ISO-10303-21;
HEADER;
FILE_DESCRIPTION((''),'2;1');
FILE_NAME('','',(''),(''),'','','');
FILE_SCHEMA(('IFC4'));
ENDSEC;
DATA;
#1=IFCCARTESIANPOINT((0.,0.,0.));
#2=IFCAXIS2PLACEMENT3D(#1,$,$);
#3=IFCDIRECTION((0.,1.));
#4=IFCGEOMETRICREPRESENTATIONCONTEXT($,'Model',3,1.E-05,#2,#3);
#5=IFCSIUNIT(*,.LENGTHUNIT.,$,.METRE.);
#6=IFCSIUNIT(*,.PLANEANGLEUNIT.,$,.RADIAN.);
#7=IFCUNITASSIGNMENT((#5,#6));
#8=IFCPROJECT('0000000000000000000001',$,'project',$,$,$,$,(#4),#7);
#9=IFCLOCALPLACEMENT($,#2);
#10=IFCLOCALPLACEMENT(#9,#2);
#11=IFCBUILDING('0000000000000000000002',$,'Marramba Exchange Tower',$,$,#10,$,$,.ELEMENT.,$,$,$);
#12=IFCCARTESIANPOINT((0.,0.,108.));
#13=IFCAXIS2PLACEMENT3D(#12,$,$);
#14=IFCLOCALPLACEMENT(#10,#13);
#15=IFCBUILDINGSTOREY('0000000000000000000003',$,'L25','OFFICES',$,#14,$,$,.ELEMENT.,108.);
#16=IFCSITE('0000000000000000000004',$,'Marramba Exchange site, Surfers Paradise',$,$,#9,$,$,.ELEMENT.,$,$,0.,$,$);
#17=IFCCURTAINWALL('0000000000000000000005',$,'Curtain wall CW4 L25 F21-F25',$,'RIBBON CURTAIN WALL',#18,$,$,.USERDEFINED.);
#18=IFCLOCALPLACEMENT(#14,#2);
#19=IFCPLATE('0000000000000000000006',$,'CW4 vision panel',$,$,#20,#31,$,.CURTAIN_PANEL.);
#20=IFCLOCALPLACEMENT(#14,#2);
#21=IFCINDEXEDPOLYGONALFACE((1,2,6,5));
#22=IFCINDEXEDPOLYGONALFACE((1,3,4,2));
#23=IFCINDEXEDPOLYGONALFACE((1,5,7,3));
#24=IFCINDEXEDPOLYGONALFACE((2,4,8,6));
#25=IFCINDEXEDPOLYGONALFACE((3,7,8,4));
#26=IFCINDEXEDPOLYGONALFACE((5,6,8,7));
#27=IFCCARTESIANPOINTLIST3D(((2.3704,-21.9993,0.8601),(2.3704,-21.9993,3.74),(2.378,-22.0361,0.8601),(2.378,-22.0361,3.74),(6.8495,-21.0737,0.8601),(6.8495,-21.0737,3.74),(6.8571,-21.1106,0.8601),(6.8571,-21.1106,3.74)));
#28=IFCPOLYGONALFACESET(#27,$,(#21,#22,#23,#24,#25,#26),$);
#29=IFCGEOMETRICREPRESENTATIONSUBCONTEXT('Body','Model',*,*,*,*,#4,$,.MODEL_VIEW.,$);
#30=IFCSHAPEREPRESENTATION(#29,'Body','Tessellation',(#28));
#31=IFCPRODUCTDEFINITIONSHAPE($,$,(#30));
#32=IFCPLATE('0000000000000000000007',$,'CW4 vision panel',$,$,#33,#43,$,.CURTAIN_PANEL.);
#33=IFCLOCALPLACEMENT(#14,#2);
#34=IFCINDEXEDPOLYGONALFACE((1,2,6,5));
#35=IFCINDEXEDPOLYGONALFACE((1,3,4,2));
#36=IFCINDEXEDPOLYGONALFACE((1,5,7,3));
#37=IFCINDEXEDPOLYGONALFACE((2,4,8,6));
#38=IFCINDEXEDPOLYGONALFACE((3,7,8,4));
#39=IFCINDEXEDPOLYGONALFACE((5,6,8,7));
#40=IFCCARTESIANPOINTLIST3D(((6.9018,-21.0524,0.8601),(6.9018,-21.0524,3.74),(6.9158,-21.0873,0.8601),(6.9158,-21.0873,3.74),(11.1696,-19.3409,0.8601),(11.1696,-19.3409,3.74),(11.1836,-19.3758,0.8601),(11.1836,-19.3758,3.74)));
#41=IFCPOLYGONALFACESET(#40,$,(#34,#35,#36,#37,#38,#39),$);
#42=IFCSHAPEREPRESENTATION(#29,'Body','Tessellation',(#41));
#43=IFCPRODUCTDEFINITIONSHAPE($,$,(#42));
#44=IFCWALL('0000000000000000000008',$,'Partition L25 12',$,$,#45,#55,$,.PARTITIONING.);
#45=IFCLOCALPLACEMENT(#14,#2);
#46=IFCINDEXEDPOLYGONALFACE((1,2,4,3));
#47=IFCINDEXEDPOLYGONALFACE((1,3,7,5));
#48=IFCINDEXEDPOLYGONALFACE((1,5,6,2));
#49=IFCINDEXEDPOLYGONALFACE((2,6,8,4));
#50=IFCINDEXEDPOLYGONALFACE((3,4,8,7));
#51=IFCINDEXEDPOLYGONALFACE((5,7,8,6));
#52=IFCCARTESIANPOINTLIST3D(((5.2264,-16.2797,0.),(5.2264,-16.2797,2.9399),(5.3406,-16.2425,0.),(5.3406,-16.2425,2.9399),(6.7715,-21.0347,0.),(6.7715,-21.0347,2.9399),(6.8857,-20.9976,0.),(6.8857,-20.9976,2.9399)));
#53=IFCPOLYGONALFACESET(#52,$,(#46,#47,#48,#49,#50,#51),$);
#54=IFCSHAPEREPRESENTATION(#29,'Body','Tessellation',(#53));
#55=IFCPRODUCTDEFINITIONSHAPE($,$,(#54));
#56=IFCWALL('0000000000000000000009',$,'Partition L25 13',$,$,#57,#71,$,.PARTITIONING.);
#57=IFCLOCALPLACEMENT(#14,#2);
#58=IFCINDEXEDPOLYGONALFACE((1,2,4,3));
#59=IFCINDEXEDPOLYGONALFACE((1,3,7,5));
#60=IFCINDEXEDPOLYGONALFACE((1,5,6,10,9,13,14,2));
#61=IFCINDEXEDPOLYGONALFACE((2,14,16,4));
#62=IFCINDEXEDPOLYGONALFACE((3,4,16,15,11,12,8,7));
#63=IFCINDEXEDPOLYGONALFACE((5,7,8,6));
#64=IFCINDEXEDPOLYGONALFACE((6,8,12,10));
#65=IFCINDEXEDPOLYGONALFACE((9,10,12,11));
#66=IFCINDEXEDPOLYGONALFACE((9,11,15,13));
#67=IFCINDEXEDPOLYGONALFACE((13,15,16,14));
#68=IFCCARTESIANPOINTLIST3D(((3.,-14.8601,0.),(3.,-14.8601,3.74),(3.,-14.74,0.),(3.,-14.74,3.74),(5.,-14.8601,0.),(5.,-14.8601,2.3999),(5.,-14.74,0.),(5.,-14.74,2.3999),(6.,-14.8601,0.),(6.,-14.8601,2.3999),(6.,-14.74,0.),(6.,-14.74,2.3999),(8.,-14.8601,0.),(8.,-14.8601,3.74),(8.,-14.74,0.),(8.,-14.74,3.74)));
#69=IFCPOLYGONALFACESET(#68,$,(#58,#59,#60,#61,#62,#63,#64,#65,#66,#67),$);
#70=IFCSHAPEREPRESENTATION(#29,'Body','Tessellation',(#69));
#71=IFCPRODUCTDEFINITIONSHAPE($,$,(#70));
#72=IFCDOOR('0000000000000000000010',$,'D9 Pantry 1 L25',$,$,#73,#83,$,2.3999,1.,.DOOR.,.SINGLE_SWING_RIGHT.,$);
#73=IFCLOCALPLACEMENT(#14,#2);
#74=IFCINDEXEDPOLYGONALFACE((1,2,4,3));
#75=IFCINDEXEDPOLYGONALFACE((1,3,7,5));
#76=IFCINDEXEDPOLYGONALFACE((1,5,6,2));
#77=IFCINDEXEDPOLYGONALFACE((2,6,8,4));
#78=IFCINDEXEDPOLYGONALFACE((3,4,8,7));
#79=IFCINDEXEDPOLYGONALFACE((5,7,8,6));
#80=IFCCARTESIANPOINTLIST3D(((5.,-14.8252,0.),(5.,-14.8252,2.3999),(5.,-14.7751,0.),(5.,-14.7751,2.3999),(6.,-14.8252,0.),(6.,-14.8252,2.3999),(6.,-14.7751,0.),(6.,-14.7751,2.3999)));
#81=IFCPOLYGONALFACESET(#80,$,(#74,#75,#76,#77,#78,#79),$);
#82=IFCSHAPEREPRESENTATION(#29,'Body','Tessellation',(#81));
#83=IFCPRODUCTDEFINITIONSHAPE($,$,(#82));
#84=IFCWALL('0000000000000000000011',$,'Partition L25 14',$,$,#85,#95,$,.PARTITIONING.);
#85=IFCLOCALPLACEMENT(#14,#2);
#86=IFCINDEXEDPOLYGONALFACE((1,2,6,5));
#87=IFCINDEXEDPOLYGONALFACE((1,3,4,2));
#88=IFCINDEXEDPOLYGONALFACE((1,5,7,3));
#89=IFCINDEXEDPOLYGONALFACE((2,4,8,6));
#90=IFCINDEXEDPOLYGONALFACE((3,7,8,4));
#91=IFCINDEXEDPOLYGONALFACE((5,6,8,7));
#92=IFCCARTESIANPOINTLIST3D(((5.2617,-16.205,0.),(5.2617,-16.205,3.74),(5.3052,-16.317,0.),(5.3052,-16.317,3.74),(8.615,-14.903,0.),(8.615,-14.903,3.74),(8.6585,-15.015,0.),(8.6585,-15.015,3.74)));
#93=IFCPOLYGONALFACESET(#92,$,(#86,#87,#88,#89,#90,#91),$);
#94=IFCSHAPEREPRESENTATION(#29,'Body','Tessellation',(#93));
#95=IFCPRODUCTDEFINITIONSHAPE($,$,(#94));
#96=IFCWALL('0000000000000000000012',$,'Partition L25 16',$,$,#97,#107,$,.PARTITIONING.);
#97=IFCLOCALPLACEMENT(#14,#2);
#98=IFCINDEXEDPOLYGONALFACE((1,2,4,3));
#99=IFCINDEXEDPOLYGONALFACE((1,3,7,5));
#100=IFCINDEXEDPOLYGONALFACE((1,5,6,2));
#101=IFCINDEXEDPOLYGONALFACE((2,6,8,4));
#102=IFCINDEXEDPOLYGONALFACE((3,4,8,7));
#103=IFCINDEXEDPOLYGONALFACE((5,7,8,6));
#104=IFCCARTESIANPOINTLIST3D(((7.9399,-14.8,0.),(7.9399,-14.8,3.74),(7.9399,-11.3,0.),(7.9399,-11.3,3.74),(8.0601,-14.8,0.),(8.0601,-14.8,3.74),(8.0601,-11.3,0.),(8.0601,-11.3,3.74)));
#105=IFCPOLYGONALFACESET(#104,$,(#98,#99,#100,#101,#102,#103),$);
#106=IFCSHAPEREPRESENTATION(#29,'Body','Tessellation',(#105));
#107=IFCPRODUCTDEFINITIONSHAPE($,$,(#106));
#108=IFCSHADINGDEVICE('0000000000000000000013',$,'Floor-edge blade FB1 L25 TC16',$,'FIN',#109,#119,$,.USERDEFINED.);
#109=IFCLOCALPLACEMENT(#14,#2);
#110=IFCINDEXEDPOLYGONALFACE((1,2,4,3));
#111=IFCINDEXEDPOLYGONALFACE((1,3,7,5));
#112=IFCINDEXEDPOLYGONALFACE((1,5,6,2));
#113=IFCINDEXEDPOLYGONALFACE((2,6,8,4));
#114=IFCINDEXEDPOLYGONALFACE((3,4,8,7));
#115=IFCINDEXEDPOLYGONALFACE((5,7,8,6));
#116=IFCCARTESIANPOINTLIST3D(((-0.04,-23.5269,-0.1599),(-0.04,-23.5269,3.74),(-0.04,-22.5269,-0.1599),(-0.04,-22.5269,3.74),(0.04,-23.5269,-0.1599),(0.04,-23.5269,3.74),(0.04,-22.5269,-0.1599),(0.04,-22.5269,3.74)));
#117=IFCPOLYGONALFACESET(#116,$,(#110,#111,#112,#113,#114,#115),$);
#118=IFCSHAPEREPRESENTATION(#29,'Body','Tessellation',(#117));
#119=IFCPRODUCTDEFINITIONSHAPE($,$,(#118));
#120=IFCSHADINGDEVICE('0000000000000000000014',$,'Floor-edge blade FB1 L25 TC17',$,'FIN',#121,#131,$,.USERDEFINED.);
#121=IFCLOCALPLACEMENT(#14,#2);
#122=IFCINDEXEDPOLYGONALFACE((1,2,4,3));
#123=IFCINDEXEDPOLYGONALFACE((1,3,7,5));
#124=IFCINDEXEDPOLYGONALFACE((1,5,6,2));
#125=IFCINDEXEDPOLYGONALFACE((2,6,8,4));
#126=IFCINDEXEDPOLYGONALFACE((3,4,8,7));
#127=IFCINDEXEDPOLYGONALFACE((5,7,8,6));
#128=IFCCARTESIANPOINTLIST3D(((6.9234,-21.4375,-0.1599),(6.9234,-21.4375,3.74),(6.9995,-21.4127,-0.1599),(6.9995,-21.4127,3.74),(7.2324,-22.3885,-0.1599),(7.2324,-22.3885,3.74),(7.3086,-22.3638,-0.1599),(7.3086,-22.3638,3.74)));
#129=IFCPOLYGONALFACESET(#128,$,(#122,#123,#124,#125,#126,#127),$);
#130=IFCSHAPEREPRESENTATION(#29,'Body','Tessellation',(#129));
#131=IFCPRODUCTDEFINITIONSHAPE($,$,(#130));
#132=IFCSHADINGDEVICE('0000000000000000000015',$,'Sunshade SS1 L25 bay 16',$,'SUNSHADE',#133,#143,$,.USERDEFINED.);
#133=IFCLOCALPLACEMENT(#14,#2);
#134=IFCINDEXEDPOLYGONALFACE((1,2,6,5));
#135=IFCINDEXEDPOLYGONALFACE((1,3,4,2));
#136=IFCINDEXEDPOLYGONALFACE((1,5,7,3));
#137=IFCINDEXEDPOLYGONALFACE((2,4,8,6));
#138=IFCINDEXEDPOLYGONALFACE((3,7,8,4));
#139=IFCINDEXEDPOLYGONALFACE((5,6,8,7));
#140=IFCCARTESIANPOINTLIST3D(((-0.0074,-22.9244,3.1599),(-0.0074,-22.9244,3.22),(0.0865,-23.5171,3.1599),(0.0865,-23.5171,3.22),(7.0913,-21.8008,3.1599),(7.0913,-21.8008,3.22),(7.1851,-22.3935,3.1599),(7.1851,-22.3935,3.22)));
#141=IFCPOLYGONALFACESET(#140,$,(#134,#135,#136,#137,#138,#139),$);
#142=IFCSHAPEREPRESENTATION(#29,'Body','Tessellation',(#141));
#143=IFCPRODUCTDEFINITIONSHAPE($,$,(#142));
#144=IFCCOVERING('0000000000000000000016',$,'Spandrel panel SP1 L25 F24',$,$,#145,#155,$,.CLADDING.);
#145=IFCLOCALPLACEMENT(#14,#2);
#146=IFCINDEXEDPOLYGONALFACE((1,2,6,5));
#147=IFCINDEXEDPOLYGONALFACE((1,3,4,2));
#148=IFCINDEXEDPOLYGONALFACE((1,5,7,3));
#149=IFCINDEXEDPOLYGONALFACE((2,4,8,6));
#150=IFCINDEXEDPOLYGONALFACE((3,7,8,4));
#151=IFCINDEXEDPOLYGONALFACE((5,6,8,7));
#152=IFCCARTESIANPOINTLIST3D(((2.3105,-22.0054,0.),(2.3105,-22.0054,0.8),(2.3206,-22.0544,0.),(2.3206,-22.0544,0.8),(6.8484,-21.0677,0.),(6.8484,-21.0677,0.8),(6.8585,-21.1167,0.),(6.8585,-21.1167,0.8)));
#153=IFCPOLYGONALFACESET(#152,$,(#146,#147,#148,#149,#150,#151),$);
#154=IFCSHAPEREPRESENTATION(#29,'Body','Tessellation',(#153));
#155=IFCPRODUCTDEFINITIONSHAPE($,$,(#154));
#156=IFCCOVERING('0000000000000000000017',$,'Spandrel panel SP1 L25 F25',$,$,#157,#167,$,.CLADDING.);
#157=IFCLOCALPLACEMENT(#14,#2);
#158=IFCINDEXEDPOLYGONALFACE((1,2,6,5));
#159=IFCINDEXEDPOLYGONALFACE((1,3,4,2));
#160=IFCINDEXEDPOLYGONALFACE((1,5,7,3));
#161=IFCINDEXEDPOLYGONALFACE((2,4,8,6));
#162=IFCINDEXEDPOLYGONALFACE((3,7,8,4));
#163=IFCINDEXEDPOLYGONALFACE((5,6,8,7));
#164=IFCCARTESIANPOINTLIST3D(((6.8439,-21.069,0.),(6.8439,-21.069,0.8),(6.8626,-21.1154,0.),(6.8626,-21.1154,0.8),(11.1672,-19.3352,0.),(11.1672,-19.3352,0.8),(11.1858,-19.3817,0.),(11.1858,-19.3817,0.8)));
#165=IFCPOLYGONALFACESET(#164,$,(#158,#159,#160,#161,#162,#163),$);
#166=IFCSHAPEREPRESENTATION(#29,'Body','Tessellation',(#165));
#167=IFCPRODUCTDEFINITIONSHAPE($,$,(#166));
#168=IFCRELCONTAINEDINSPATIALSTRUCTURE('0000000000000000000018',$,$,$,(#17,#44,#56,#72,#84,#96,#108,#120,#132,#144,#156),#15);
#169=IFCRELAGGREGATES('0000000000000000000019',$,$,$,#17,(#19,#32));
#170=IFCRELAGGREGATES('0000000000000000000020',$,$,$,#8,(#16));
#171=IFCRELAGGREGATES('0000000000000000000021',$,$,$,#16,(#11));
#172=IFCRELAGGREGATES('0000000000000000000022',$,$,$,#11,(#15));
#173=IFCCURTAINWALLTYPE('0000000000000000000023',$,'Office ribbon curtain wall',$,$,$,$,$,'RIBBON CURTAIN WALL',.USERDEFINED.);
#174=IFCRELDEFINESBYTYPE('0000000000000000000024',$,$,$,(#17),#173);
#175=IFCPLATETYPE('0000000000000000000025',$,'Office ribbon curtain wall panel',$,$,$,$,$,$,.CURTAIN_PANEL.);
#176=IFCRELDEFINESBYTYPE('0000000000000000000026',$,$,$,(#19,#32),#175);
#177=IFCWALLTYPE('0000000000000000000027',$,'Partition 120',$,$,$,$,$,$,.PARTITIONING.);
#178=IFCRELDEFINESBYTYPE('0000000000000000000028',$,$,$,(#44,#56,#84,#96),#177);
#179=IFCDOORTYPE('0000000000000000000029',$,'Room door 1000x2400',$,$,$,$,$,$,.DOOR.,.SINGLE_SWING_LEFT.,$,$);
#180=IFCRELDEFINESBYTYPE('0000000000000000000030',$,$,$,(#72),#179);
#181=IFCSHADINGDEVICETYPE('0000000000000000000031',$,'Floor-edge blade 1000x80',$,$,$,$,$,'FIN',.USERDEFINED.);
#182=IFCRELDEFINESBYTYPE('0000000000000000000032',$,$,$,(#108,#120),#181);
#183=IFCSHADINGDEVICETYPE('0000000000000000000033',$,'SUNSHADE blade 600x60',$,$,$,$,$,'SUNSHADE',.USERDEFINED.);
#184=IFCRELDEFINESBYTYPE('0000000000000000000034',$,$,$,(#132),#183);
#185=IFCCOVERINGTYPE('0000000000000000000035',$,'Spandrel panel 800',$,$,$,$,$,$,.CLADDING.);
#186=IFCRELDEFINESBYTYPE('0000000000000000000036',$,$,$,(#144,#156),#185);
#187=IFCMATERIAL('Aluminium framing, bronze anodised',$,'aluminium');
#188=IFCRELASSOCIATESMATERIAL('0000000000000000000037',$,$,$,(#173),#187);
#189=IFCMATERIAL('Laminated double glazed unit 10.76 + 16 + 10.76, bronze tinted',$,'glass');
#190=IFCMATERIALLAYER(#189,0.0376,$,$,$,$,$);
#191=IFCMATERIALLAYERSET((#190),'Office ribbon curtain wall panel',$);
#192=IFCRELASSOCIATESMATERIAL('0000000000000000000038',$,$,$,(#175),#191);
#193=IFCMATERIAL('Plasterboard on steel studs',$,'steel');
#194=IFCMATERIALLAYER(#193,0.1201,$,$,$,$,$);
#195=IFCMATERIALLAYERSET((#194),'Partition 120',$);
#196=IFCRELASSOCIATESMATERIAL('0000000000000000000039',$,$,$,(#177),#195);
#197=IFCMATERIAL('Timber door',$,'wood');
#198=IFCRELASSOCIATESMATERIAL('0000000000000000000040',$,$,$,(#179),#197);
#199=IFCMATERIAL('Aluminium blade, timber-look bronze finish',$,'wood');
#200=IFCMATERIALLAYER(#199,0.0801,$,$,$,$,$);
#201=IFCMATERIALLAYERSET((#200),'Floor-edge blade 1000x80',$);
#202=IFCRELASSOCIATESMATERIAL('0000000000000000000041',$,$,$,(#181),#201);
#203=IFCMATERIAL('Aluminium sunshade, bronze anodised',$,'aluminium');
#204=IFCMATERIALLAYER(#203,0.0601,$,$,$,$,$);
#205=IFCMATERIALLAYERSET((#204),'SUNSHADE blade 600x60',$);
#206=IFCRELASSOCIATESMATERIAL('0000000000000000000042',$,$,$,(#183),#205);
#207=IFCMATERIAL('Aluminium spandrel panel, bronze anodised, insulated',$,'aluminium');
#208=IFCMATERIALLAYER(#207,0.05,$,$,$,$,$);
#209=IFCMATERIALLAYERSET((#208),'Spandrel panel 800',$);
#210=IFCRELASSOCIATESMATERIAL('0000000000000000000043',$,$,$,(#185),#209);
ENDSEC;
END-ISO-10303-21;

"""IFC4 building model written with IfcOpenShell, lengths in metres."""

from ifc_helpers import new_model, si_unit, direction, frame, frame_2d, origin, origin_2d, place, context, subcontext, project, spatial, rectangle, extrude, material, layer, layer_set, type_object, element, fill, aggregate, save


model = new_model("IFC4")

# Units and contexts
model_context = context("Model", 3, precision=1e-05, world=origin(), true_north=direction((0.0, 1.0)))
body_context = subcontext(model_context, "Body", "Model", "MODEL_VIEW")
ifc_project = project(units=[si_unit("LENGTHUNIT", "METRE"), si_unit("PLANEANGLEUNIT", "RADIAN")], contexts=[model_context])

# Site, building, storey
site_placement = place(None, origin())
site = spatial("IfcSite", under=ifc_project, at=site_placement, Name="Marramba Exchange site, Surfers Paradise", CompositionType="ELEMENT", RefElevation=0.0)
building_placement = place(site_placement, origin())
building = spatial("IfcBuilding", under=site, at=building_placement, Name="Marramba Exchange Tower", CompositionType="ELEMENT")
storey_placement = place(building_placement, frame((0.0, 0.0, 108.0)))
storey = spatial("IfcBuildingStorey", under=building, at=storey_placement, Name="L25", Description="OFFICES", CompositionType="ELEMENT", Elevation=108.0)

# Curtain wall
ifc_material_1 = material(Name="Aluminium framing, bronze anodised", Category="aluminium")
curtain_wall_type = type_object("IfcCurtainWallType", Name="Office ribbon curtain wall", ElementType="RIBBON CURTAIN WALL", PredefinedType="USERDEFINED", material=ifc_material_1)
curtain_wall_placement = place(storey_placement, origin())
curtain_wall = element("IfcCurtainWall", 1, at=curtain_wall_placement, inside=storey, type_object=curtain_wall_type, Name="Curtain wall CW4 L25 F21-F25", ObjectType="RIBBON CURTAIN WALL", PredefinedType="USERDEFINED")

# Plates
ifc_material_2 = material(Name="Laminated double glazed unit 10.76 + 16 + 10.76, bronze tinted", Category="glass")
ifc_layer_1 = layer(ifc_material_2, 0.0376)
ifc_layer_set_1 = layer_set([ifc_layer_1], Name="Office ribbon curtain wall panel")
plate_type = type_object("IfcPlateType", Name="Office ribbon curtain wall panel", PredefinedType="CURTAIN_PANEL", material=ifc_layer_set_1)
plate_1_placement = place(storey_placement, frame((4.6138, -21.5549, 0.8601), z_axis=(0.0, 0.0, 1.0), x_axis=(0.97931, 0.202365, 0.0)))
plate_1 = element("IfcPlate", 2, at=plate_1_placement, type_object=plate_type, Name="CW4 vision panel", PredefinedType="CURTAIN_PANEL", context=body_context, shape_type="SweptSolid", body=[
    extrude(rectangle(XDim=4.5737, YDim=0.0376, at=origin_2d()), origin(), (0.0, 0.0, 1.0), 2.8799),
])
plate_2_placement = place(storey_placement, frame((9.0427, -20.2141, 0.8601), z_axis=(0.0, 0.0, 1.0), x_axis=(0.928149, 0.372209, 0.0)))
plate_2 = element("IfcPlate", 3, at=plate_2_placement, type_object=plate_type, Name="CW4 vision panel", PredefinedType="CURTAIN_PANEL", context=body_context, shape_type="SweptSolid", body=[
    extrude(rectangle(XDim=4.5981, YDim=0.0376, at=origin_2d()), origin(), (0.0, 0.0, 1.0), 2.8799),
])
aggregate(curtain_wall, [plate_1, plate_2])

# Wall
ifc_material_3 = material(Name="Plasterboard on steel studs", Category="steel")
ifc_layer_2 = layer(ifc_material_3, 0.1201)
ifc_layer_set_2 = layer_set([ifc_layer_2], Name="Partition 120")
wall_type = type_object("IfcWallType", Name="Partition 120", PredefinedType="PARTITIONING", material=ifc_layer_set_2)
wall_1_placement = place(storey_placement, frame((5.2834, -16.261, 0.0), z_axis=(0.0, 0.0, 1.0), x_axis=(0.309041, -0.951049, 0.0)))
element("IfcWall", 4, at=wall_1_placement, inside=storey, type_object=wall_type, Name="Partition L25 12", PredefinedType="PARTITIONING", context=body_context, shape_type="SweptSolid", body=[
    extrude(rectangle(XDim=4.9998, YDim=0.1201, at=frame_2d((2.5, 0.0))), origin(), (0.0, 0.0, 1.0), 2.9399),
])

# Wall, opening, door
wall_2_placement = place(storey_placement, frame((3.0, -14.8, 0.0), z_axis=(0.0, 0.0, 1.0), x_axis=(1.0, 0.0, 0.0)))
wall_2 = element("IfcWall", 5, at=wall_2_placement, inside=storey, type_object=wall_type, Name="Partition L25 13", PredefinedType="PARTITIONING", context=body_context, shape_type="SweptSolid", body=[
    extrude(rectangle(XDim=5.0, YDim=0.1201, at=frame_2d((2.5, 0.0))), origin(), (0.0, 0.0, 1.0), 3.74),
])
opening_placement = place(wall_2_placement, frame((2.0, 0.0, 0.0)))
opening = element("IfcOpeningElement", 6, at=opening_placement, cuts=wall_2, PredefinedType="OPENING", context=body_context, shape_type="SweptSolid", body=[
    extrude(rectangle(XDim=1.0, YDim=2.3999, at=frame_2d((0.5, 1.2))), frame((0.0, 0.0701, 0.0), z_axis=(0.0, -1.0, 0.0), x_axis=(1.0, 0.0, 0.0)), (0.0, 0.0, 1.0), 0.1401),
])
ifc_material_4 = material(Name="Timber door", Category="wood")
door_type = type_object("IfcDoorType", Name="Room door 1000x2400", OperationType="SINGLE_SWING_LEFT", PredefinedType="DOOR", material=ifc_material_4)
door_placement = place(opening_placement, origin())
door = element("IfcDoor", 7, at=door_placement, inside=storey, type_object=door_type, Name="D9 Pantry 1 L25", OperationType="SINGLE_SWING_RIGHT", OverallHeight=2.3999, OverallWidth=1.0, PredefinedType="DOOR", context=body_context, shape_type="SweptSolid", body=[
    extrude(rectangle(XDim=1.0, YDim=2.3999, at=frame_2d((0.5, 1.2))), frame((0.0, 0.0249, 0.0), z_axis=(0.0, -1.0, 0.0), x_axis=(1.0, 0.0, 0.0)), (0.0, 0.0, 1.0), 0.05),
])
fill(opening, door)

# Walls
wall_3_placement = place(storey_placement, frame((8.6367, -14.959, 0.0), z_axis=(0.0, 0.0, 1.0), x_axis=(-0.932197, -0.361952, 0.0)))
element("IfcWall", 8, at=wall_3_placement, inside=storey, type_object=wall_type, Name="Partition L25 14", PredefinedType="PARTITIONING", context=body_context, shape_type="SweptSolid", body=[
    extrude(rectangle(XDim=3.5972, YDim=0.1201, at=frame_2d((1.7986, 0.0))), origin(), (0.0, 0.0, 1.0), 3.74),
])
wall_4_placement = place(storey_placement, frame((8.0, -14.8, 0.0), z_axis=(0.0, 0.0, 1.0), x_axis=(0.0, 1.0, 0.0)))
element("IfcWall", 9, at=wall_4_placement, inside=storey, type_object=wall_type, Name="Partition L25 16", PredefinedType="PARTITIONING", context=body_context, shape_type="SweptSolid", body=[
    extrude(rectangle(XDim=3.5, YDim=0.1201, at=frame_2d((1.75, 0.0))), origin(), (0.0, 0.0, 1.0), 3.74),
])

# Shading devices
ifc_material_5 = material(Name="Aluminium blade, timber-look bronze finish", Category="wood")
ifc_layer_3 = layer(ifc_material_5, 0.0801)
ifc_layer_set_3 = layer_set([ifc_layer_3], Name="Floor-edge blade 1000x80")
shading_device_type_1 = type_object("IfcShadingDeviceType", Name="Floor-edge blade 1000x80", ElementType="FIN", PredefinedType="USERDEFINED", material=ifc_layer_set_3)
for number, where, z_axis, x_axis, name in (
    (10, (0.0, -23.0269, -0.1599), (0.0, 0.0, 1.0), (0.0, -1.0, 0.0), "Floor-edge blade FB1 L25 TC16"),
    (11, (7.116, -21.9006, -0.1599), (0.0, 0.0, 1.0), (0.309017, -0.951057, 0.0), "Floor-edge blade FB1 L25 TC17"),
):
    element("IfcShadingDevice", number, at=place(storey_placement, frame(where, z_axis=z_axis, x_axis=x_axis)), inside=storey, type_object=shading_device_type_1, Name=name, ObjectType="FIN", PredefinedType="USERDEFINED", context=body_context, shape_type="SweptSolid", body=[
        extrude(rectangle(XDim=1.0, YDim=0.0801, at=origin_2d()), origin(), (0.0, 0.0, 1.0), 3.8999),
    ])
ifc_material_6 = material(Name="Aluminium sunshade, bronze anodised", Category="aluminium")
ifc_layer_4 = layer(ifc_material_6, 0.0601)
ifc_layer_set_4 = layer_set([ifc_layer_4], Name="SUNSHADE blade 600x60")
shading_device_type_2 = type_object("IfcShadingDeviceType", Name="SUNSHADE blade 600x60", ElementType="SUNSHADE", PredefinedType="USERDEFINED", material=ifc_layer_set_4)
shading_device_placement = place(storey_placement, frame((3.5889, -22.6589, 3.1599), z_axis=(0.0, 0.0, 1.0), x_axis=(0.987705, 0.15633, 0.0)))
element("IfcShadingDevice", 12, at=shading_device_placement, inside=storey, type_object=shading_device_type_2, Name="Sunshade SS1 L25 bay 16", ObjectType="SUNSHADE", PredefinedType="USERDEFINED", context=body_context, shape_type="SweptSolid", body=[
    extrude(rectangle(XDim=7.187, YDim=0.6001, at=origin_2d()), origin(), (0.0, 0.0, 1.0), 0.0601),
])

# Coverings
ifc_material_7 = material(Name="Aluminium spandrel panel, bronze anodised, insulated", Category="aluminium")
ifc_layer_5 = layer(ifc_material_7, 0.05)
ifc_layer_set_5 = layer_set([ifc_layer_5], Name="Spandrel panel 800")
covering_type = type_object("IfcCoveringType", Name="Spandrel panel 800", PredefinedType="CLADDING", material=ifc_layer_set_5)
covering_1_placement = place(storey_placement, frame((4.5845, -21.561, 0.0), z_axis=(0.0, 0.0, 1.0), x_axis=(0.97931, 0.202365, 0.0)))
element("IfcCovering", 13, at=covering_1_placement, inside=storey, type_object=covering_type, Name="Spandrel panel SP1 L25 F24", PredefinedType="CLADDING", context=body_context, shape_type="SweptSolid", body=[
    extrude(rectangle(XDim=4.6338, YDim=0.05, at=origin_2d()), origin(), (0.0, 0.0, 1.0), 0.8),
])
covering_2_placement = place(storey_placement, frame((9.0149, -20.2253, 0.0), z_axis=(0.0, 0.0, 1.0), x_axis=(0.928149, 0.372209, 0.0)))
element("IfcCovering", 14, at=covering_2_placement, inside=storey, type_object=covering_type, Name="Spandrel panel SP1 L25 F25", PredefinedType="CLADDING", context=body_context, shape_type="SweptSolid", body=[
    extrude(rectangle(XDim=4.658, YDim=0.05, at=origin_2d()), origin(), (0.0, 0.0, 1.0), 0.8),
])

save(model, "model.ifc")
